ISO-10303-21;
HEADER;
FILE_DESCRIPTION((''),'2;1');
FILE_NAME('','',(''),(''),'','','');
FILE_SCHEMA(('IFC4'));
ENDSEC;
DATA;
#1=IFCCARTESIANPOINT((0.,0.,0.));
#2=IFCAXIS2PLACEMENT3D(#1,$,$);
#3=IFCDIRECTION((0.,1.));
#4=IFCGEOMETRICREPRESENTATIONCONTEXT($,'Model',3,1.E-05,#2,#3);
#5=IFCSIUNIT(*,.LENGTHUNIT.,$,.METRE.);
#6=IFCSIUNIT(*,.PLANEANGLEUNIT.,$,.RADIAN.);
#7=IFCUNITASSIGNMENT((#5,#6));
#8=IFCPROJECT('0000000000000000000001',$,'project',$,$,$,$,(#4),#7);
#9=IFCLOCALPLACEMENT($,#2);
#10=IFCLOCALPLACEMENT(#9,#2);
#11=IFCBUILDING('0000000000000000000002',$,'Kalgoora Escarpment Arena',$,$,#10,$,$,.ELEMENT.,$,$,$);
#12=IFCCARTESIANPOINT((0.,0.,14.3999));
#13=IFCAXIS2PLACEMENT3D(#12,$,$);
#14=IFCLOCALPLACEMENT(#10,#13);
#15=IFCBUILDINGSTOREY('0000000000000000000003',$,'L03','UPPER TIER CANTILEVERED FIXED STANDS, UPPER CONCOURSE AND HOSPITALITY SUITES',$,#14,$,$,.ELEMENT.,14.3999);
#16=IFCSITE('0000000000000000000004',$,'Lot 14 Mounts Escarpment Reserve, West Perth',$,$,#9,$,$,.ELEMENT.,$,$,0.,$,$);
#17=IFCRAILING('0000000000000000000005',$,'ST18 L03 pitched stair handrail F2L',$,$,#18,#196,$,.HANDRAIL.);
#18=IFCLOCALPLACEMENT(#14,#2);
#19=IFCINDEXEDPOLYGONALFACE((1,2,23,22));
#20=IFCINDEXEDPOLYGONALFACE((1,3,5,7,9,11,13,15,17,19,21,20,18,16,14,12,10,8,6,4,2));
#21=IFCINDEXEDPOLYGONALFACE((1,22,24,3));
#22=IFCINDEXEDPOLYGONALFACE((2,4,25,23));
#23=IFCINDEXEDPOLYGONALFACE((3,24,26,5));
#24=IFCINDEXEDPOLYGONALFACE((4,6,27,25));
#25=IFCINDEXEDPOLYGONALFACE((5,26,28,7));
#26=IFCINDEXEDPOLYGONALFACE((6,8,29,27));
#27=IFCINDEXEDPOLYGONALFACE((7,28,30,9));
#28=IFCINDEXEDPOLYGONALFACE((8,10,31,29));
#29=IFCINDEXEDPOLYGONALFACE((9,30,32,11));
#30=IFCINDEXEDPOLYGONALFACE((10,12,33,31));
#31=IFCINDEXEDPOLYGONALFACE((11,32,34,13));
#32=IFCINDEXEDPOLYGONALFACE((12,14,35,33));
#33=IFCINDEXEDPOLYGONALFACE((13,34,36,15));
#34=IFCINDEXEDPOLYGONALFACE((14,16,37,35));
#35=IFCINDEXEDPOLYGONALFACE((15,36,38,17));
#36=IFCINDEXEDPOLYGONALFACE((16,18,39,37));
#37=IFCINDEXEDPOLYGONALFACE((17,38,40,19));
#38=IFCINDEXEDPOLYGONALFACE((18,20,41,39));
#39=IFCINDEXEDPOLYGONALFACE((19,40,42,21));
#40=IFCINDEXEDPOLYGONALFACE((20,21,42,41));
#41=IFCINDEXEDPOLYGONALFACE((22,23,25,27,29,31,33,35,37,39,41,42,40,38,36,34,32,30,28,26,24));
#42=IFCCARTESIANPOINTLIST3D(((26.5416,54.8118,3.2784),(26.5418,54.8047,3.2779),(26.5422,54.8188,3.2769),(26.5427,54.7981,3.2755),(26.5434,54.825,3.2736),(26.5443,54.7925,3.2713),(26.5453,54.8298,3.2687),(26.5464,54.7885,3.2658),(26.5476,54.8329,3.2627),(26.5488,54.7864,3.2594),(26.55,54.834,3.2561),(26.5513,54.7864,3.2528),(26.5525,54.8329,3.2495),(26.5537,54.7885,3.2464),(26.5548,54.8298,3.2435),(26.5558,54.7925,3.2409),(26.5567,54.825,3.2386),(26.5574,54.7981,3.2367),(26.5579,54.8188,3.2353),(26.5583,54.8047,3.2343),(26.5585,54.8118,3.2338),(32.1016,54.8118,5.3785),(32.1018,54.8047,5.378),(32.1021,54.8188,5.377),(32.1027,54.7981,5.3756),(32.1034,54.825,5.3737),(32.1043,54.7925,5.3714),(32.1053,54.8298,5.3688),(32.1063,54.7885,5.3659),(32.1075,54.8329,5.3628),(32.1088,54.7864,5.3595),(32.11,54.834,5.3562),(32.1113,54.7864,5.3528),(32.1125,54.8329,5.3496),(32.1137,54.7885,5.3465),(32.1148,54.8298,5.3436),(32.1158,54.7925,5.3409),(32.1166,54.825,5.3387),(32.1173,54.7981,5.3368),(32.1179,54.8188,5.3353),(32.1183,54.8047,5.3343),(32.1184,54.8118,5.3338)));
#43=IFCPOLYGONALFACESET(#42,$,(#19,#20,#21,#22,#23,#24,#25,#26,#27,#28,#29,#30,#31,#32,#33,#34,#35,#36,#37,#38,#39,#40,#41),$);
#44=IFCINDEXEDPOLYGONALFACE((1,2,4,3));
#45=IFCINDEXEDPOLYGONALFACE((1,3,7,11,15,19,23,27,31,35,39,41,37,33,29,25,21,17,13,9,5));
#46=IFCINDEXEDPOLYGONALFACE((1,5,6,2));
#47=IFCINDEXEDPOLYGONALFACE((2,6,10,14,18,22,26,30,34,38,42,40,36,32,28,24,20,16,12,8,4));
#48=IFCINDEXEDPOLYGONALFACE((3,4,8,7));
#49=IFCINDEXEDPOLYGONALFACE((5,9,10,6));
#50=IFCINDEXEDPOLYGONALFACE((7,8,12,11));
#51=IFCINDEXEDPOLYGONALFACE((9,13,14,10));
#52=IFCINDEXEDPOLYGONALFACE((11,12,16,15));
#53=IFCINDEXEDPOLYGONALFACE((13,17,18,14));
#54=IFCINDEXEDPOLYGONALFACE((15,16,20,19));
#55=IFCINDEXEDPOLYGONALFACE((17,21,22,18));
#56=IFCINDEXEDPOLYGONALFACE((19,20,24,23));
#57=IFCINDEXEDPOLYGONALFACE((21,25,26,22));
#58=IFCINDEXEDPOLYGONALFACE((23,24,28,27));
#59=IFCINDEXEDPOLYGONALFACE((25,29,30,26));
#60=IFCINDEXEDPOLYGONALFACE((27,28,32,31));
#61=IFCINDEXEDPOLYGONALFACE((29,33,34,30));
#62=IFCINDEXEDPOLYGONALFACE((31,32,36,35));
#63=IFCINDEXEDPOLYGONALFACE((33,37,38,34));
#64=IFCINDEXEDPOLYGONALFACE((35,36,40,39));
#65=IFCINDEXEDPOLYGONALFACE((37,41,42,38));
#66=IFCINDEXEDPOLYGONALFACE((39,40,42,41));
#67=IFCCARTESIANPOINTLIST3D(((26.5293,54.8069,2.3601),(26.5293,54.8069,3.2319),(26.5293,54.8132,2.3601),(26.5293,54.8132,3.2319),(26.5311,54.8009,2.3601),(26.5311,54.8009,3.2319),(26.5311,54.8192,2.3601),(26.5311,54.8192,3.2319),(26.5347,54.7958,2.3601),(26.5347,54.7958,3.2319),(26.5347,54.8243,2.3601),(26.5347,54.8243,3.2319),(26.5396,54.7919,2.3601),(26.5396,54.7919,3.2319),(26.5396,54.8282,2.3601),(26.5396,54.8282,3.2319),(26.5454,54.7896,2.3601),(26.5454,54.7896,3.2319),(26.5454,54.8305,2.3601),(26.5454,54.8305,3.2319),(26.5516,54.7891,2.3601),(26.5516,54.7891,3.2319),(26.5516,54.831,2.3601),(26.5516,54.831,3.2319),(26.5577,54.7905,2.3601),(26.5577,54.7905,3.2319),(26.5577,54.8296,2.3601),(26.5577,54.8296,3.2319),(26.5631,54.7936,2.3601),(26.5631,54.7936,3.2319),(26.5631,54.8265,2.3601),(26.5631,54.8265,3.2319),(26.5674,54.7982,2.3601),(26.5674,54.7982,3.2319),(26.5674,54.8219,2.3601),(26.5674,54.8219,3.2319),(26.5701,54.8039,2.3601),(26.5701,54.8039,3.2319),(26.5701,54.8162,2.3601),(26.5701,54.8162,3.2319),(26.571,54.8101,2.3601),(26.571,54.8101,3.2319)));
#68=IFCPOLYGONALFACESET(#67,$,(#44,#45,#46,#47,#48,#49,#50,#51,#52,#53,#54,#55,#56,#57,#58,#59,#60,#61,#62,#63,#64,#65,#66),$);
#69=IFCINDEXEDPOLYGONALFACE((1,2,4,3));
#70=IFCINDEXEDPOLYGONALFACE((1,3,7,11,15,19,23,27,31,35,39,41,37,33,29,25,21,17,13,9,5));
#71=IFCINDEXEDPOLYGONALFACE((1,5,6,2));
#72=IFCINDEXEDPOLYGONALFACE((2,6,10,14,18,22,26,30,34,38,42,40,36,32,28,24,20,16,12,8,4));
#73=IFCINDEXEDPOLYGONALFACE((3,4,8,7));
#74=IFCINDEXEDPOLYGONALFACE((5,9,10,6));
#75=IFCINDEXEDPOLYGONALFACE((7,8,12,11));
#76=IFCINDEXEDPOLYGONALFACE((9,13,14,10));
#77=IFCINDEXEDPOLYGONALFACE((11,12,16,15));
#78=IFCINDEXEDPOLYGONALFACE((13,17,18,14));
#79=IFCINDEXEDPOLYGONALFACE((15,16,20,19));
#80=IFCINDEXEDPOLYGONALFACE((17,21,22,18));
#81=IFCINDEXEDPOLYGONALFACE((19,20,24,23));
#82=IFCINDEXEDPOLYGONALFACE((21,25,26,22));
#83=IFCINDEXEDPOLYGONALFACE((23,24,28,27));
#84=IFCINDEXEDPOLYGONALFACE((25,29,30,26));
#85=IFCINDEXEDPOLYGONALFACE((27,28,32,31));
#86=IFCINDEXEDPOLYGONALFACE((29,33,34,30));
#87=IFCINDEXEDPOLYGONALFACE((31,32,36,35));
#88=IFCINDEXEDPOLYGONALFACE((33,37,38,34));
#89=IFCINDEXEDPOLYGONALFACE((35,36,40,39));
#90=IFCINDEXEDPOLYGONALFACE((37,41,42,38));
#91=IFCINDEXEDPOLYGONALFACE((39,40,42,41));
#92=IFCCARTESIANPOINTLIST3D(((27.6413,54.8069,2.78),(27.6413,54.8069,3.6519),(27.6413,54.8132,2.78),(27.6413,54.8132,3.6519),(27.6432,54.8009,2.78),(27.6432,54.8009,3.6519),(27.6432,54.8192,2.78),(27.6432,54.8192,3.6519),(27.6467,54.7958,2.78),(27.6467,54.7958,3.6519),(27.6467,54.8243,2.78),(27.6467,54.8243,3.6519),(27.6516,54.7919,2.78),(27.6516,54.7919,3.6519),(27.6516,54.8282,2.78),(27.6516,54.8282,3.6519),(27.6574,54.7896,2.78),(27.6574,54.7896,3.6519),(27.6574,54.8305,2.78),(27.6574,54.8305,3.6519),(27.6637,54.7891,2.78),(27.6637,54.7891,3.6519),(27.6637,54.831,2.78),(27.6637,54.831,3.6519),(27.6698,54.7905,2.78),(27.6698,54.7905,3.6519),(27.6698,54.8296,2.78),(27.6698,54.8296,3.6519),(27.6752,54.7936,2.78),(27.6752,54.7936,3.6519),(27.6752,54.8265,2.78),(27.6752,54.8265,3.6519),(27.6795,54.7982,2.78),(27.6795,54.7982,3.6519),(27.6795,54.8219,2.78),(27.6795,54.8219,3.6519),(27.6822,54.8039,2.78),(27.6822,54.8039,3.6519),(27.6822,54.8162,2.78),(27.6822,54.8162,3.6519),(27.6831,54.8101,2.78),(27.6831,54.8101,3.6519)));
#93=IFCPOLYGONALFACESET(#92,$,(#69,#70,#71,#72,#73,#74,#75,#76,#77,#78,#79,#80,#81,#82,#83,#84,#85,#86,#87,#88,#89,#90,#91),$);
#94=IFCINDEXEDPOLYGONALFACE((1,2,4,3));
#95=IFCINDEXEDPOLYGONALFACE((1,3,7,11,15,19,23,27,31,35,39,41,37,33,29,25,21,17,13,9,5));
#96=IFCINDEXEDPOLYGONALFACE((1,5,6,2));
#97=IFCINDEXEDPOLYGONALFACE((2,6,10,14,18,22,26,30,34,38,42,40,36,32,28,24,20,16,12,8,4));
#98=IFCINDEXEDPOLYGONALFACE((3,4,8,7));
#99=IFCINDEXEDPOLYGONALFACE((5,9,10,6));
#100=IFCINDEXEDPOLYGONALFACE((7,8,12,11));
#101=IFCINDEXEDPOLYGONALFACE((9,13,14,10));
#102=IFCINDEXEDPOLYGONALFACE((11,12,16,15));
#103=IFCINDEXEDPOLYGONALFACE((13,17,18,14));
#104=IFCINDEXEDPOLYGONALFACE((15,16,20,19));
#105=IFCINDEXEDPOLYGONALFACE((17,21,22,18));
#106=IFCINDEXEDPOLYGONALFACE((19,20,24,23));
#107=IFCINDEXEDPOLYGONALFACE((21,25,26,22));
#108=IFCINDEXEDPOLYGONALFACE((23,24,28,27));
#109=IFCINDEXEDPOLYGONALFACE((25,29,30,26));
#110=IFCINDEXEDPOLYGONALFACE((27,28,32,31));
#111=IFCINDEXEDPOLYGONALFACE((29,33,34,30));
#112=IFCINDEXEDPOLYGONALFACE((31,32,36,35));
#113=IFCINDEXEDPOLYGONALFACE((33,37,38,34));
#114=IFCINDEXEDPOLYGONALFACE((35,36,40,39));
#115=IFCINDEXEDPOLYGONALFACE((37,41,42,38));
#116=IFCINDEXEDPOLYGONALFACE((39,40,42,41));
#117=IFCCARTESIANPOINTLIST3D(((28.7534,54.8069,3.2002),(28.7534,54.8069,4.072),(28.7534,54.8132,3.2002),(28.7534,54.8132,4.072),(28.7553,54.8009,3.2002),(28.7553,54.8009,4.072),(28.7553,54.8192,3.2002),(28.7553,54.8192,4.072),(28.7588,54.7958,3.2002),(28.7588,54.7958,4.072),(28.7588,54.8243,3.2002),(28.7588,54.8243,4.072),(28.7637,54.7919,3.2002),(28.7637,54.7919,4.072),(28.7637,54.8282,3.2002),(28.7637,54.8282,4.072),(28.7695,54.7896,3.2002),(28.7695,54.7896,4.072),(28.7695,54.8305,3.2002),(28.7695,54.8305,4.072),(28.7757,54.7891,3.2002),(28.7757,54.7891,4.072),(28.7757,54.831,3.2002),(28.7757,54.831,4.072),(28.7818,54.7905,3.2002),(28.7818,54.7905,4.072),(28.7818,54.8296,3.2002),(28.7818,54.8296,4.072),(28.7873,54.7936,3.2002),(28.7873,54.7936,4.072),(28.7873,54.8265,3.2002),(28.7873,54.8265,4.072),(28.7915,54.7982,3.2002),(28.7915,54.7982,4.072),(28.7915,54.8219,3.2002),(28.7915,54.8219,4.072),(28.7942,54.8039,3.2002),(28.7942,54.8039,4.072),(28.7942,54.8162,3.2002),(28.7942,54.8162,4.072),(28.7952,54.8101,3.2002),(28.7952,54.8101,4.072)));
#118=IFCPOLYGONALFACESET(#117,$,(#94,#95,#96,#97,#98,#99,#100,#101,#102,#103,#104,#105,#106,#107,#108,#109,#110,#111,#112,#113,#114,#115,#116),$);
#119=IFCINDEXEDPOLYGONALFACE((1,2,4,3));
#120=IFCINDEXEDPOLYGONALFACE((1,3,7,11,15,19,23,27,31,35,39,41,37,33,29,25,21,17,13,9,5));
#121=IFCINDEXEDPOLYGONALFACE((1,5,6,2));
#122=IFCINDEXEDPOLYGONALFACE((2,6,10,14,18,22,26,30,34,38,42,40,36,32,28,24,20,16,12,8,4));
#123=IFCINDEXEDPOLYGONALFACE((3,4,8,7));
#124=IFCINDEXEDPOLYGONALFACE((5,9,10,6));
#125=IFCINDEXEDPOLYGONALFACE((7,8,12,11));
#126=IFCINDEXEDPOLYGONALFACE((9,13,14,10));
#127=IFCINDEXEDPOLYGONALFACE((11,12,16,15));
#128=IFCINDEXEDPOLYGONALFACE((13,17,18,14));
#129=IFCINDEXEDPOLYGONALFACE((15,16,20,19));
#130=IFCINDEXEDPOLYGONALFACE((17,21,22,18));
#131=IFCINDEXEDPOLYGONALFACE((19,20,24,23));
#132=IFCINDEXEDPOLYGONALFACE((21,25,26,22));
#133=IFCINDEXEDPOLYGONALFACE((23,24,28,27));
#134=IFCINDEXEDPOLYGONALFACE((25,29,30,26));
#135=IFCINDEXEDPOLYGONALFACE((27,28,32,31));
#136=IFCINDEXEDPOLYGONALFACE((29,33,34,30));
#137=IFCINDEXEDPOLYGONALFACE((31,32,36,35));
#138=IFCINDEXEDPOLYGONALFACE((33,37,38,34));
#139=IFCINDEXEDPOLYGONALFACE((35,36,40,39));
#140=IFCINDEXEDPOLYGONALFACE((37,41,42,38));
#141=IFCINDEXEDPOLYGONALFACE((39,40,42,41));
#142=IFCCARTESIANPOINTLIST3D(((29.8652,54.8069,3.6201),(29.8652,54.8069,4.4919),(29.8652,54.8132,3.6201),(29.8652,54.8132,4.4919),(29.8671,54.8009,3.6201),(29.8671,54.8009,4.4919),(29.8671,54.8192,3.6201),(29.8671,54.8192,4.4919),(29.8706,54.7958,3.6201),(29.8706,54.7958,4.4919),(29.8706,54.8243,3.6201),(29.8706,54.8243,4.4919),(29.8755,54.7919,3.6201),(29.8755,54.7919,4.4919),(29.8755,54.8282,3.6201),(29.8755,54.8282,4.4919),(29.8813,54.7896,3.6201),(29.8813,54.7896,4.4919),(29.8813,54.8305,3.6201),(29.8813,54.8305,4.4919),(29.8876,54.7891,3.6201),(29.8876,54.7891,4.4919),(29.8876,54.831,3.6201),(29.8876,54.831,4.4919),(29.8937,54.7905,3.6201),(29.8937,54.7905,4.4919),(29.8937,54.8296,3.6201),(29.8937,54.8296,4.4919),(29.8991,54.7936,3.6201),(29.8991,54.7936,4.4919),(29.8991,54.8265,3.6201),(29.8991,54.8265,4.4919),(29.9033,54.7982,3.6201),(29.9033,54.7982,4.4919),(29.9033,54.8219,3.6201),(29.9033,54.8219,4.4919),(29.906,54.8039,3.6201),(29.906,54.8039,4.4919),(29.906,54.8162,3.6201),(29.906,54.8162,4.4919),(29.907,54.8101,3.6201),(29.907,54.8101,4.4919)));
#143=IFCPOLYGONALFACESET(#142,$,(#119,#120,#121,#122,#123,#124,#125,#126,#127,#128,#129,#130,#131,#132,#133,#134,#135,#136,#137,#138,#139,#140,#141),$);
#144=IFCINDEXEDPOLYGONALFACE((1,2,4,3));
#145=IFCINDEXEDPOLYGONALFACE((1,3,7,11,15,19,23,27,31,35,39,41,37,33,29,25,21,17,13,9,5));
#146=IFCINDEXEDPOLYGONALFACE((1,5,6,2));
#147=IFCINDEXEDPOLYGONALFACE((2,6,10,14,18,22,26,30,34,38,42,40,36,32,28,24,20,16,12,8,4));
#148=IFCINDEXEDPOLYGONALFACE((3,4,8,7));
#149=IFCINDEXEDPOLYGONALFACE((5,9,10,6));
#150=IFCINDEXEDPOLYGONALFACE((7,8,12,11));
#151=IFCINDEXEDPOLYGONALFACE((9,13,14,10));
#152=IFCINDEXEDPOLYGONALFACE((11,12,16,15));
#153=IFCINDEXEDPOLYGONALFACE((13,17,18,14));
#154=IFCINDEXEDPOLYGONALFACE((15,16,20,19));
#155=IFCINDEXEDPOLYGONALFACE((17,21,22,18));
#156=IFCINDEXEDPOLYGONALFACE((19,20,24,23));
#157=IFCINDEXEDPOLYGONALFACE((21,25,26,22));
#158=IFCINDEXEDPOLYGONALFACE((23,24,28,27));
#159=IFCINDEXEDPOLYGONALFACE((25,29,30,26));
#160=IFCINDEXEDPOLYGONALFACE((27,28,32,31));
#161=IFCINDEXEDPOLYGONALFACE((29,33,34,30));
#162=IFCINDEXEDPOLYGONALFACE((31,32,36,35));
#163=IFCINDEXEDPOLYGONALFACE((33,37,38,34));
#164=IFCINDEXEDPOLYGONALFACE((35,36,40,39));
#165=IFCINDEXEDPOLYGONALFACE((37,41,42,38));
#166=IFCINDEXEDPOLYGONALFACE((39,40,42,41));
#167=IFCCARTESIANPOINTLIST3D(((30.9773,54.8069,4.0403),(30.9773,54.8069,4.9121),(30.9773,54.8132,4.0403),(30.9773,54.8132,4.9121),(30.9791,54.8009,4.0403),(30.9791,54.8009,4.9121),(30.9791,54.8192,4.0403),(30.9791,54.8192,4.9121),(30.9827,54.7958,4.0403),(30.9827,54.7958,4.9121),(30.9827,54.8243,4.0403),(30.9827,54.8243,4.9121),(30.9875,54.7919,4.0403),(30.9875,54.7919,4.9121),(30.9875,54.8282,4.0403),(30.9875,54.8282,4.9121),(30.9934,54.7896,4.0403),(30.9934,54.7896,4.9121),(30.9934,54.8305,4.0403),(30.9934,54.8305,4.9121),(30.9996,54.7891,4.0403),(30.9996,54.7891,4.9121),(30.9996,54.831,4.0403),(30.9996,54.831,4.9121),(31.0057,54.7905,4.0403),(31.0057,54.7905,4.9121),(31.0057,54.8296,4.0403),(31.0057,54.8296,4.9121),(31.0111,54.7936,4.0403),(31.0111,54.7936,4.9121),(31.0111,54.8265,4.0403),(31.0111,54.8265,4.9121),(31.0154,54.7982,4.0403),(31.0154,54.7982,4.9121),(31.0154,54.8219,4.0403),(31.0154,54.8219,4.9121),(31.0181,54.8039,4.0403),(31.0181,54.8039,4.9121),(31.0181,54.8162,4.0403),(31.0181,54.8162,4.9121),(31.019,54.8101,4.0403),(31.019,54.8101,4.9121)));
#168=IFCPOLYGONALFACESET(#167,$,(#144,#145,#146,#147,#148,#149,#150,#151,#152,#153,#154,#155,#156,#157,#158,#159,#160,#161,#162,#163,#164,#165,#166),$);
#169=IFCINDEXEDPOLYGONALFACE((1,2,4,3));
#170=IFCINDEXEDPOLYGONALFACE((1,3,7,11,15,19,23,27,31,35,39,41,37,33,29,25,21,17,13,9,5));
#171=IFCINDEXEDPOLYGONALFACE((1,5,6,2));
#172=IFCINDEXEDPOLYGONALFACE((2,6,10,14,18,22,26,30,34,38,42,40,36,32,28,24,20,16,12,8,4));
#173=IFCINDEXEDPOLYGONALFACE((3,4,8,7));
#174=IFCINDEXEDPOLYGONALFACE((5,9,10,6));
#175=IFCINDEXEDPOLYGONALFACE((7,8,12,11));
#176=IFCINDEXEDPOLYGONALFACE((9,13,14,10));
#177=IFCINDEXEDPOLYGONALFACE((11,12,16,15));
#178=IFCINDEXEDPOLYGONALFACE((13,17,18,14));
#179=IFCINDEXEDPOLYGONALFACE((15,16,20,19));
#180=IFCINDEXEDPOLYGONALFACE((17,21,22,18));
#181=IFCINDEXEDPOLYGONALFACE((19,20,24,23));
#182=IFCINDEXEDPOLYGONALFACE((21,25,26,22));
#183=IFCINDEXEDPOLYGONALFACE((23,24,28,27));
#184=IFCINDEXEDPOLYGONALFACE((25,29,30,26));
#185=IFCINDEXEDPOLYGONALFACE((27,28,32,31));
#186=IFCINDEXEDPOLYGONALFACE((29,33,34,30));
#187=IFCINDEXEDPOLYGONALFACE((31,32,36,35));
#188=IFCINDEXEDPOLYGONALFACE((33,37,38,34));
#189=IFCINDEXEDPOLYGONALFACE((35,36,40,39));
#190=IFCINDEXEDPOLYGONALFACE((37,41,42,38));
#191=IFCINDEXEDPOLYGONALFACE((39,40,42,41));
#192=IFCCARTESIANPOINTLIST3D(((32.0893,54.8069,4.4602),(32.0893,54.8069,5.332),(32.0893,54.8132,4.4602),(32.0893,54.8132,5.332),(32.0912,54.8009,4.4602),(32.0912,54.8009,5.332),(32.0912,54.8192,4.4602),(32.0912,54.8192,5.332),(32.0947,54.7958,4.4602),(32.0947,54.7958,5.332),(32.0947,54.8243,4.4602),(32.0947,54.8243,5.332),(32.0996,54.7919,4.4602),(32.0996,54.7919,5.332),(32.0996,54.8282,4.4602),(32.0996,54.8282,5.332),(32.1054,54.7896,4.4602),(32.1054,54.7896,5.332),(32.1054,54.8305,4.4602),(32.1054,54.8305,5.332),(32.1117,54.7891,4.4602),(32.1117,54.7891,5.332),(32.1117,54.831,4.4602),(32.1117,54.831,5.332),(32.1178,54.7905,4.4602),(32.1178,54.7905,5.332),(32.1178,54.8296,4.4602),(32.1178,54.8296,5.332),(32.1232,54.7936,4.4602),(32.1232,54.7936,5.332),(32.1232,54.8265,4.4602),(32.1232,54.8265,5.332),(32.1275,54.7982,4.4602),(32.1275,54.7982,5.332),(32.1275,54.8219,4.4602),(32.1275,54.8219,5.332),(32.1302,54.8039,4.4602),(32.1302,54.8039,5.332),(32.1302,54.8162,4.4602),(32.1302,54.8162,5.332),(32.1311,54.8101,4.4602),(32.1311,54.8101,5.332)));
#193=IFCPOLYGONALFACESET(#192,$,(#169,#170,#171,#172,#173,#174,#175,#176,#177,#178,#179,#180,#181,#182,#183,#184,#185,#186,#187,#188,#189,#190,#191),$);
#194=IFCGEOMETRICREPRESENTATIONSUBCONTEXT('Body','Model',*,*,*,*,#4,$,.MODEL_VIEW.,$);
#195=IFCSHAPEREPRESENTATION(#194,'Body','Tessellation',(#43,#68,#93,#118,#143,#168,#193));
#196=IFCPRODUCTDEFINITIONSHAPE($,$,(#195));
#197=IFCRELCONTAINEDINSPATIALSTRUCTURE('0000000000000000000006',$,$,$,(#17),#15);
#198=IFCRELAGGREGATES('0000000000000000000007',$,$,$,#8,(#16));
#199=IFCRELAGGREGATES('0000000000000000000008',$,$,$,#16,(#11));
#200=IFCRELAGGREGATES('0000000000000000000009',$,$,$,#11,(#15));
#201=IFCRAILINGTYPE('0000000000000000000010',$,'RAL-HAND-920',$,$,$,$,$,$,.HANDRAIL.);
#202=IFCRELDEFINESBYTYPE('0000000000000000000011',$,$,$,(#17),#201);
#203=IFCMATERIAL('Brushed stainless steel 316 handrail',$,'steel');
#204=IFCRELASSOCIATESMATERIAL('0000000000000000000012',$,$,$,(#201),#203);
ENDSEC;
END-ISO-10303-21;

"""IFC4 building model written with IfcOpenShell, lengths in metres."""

from ifc_helpers import new_model, si_unit, direction, frame, origin, origin_2d, place, context, subcontext, project, spatial, circle, extrude, material, type_object, element, save


model = new_model("IFC4")

# Units and contexts
model_context = context("Model", 3, precision=1e-05, world=origin(), true_north=direction((0.0, 1.0)))
body_context = subcontext(model_context, "Body", "Model", "MODEL_VIEW")
ifc_project = project(units=[si_unit("LENGTHUNIT", "METRE"), si_unit("PLANEANGLEUNIT", "RADIAN")], contexts=[model_context])

# Site, building, storey
site_placement = place(None, origin())
site = spatial("IfcSite", under=ifc_project, at=site_placement, Name="Lot 14 Mounts Escarpment Reserve, West Perth", CompositionType="ELEMENT", RefElevation=0.0)
building_placement = place(site_placement, origin())
building = spatial("IfcBuilding", under=site, at=building_placement, Name="Kalgoora Escarpment Arena", CompositionType="ELEMENT")
storey_placement = place(building_placement, frame((0.0, 0.0, 14.3999)))
storey = spatial("IfcBuildingStorey", under=building, at=storey_placement, Name="L03", Description="UPPER TIER CANTILEVERED FIXED STANDS, UPPER CONCOURSE AND HOSPITALITY SUITES", CompositionType="ELEMENT", Elevation=14.3999)

# Railing
ifc_material_1 = material(Name="Brushed stainless steel 316 handrail", Category="steel")
railing_type_1 = type_object("IfcRailingType", Name="RAL-HAND-920", PredefinedType="HANDRAIL", material=ifc_material_1)
for number, where, name in (
    (1, (26.55, 54.8101, 2.3601), "ST18 L03 pitched stair handrail F2L"),
):
    element("IfcRailing", number, at=place(storey_placement, frame(where)), inside=storey, type_object=railing_type_1, Name=name, PredefinedType="HANDRAIL", context=body_context, shape_type="SweptSolid", body=[
        extrude(circle(Radius=0.0239, at=origin_2d()), frame((0.0, 0.0, 0.896), z_axis=(0.935493, 0.0, 0.353346), x_axis=(0.0, 1.0, 0.0)), (0.0, 0.0, 1.0), 5.9434),
        extrude(circle(Radius=0.021, at=origin_2d()), origin(), (0.0, 0.0, 1.0), 0.8718),
        extrude(circle(Radius=0.021, at=origin_2d()), frame((1.1121, 0.0, 0.4199)), (0.0, 0.0, 1.0), 0.8718),
        extrude(circle(Radius=0.021, at=origin_2d()), frame((2.2241, 0.0, 0.8401)), (0.0, 0.0, 1.0), 0.8718),
        extrude(circle(Radius=0.021, at=origin_2d()), frame((3.3359, 0.0, 1.26)), (0.0, 0.0, 1.0), 0.8718),
        extrude(circle(Radius=0.021, at=origin_2d()), frame((4.448, 0.0, 1.6802)), (0.0, 0.0, 1.0), 0.8718),
        extrude(circle(Radius=0.021, at=origin_2d()), frame((5.5601, 0.0, 2.1001)), (0.0, 0.0, 1.0), 0.8718),
    ])

save(model, "model.ifc")
